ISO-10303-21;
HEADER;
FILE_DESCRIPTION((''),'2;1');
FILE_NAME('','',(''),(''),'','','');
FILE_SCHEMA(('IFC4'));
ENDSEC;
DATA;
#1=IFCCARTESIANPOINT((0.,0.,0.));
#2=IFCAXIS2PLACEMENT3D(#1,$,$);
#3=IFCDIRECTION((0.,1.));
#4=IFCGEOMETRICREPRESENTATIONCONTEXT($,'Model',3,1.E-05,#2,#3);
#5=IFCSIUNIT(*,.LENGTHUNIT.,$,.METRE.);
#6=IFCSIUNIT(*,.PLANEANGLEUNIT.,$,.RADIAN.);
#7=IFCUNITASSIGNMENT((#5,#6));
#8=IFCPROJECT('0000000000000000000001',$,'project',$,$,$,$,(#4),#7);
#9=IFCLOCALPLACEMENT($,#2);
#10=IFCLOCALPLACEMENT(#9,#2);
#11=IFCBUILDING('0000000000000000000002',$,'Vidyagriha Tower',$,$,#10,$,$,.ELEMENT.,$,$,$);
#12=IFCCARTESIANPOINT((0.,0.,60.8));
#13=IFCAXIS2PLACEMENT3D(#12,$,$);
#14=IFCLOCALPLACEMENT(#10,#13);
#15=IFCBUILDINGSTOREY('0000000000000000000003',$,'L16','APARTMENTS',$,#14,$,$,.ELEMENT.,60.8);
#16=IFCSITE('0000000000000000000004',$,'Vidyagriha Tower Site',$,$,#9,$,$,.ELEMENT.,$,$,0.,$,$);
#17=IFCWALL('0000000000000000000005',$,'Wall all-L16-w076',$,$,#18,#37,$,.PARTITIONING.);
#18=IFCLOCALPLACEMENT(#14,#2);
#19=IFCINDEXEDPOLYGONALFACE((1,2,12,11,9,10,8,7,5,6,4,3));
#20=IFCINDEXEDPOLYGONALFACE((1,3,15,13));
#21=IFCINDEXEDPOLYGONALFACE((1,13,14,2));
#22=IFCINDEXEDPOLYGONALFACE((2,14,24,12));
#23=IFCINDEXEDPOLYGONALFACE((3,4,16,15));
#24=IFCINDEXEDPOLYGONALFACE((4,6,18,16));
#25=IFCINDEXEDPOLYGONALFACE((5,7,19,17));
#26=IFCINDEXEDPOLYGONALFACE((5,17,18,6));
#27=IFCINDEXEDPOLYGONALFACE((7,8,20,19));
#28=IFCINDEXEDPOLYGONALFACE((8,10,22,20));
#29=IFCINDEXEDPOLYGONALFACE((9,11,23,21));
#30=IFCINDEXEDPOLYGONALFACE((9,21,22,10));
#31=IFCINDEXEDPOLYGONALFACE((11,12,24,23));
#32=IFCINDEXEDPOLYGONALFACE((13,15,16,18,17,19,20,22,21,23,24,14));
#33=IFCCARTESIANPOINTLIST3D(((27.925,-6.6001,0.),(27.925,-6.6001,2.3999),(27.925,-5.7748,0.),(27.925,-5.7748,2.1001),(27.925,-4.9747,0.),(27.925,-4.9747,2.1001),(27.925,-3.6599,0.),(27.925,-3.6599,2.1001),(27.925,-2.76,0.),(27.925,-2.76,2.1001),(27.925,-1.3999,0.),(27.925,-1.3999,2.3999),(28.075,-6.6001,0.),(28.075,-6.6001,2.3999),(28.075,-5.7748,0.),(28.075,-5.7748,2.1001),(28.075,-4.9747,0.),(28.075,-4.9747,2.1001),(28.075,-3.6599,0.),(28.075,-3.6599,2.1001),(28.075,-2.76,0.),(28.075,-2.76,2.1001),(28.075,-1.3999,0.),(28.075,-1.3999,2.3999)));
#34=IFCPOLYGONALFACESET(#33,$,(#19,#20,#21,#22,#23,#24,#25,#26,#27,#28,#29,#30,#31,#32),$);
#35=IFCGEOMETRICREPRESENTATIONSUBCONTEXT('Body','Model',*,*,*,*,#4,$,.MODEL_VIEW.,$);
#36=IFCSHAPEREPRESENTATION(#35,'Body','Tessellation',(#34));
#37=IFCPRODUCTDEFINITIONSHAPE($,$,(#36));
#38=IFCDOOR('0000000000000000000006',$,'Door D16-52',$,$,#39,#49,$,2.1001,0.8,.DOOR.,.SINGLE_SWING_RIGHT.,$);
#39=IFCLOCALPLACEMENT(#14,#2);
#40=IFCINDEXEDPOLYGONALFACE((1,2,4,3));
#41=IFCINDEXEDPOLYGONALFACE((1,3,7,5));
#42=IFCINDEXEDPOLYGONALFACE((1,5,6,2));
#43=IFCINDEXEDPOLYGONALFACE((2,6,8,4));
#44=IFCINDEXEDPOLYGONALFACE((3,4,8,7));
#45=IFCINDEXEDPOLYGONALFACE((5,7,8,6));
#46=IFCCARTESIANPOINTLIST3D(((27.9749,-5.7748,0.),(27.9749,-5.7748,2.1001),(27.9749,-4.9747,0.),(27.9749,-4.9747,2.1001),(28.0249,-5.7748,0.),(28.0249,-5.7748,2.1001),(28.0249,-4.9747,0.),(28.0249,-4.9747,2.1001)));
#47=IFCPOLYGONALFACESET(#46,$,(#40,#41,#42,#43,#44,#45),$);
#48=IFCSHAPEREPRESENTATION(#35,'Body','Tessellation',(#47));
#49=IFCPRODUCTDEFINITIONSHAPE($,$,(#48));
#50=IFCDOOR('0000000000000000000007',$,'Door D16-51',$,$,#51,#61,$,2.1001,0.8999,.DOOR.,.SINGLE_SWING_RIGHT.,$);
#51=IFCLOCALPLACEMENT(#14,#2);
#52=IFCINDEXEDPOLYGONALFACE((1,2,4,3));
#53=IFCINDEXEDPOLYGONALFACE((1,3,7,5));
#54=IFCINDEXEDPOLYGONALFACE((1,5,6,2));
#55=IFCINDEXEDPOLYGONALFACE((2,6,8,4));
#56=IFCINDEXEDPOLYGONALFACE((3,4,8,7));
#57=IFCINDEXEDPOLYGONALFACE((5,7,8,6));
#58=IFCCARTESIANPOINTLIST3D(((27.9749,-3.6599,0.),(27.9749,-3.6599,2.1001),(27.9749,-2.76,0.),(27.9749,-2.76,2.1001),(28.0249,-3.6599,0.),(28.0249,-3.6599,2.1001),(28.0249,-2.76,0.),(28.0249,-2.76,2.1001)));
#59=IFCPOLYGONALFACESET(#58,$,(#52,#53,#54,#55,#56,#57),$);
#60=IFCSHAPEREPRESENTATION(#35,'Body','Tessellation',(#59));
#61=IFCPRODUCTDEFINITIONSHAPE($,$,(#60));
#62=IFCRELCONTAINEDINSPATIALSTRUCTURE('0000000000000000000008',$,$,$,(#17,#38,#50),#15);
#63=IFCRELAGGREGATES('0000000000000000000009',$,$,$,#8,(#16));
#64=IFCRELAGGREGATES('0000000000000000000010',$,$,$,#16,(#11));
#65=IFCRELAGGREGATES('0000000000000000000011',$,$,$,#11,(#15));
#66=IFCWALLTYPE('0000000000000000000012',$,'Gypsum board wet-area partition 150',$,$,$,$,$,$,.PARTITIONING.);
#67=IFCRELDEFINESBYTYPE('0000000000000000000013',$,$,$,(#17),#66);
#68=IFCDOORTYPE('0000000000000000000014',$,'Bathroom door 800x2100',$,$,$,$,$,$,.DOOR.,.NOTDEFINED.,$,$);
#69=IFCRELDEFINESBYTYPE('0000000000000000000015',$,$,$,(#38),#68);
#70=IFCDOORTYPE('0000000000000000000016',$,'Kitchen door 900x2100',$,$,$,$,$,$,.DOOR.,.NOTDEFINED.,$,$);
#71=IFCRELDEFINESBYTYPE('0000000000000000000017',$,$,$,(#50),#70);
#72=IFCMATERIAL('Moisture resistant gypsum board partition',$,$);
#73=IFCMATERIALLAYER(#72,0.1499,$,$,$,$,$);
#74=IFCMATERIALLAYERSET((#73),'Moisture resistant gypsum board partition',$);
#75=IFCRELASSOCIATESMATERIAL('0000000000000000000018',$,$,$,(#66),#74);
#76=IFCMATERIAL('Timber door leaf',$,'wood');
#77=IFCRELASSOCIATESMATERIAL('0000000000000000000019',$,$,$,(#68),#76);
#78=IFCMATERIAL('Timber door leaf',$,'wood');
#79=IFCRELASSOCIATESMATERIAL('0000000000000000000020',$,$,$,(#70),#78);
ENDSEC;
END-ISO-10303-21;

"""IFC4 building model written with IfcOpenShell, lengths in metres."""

from ifc_helpers import new_model, si_unit, direction, frame, frame_2d, origin, place, context, subcontext, project, spatial, rectangle, extrude, material, layer, layer_set, type_object, element, fill, save


model = new_model("IFC4")

# Units and contexts
model_context = context("Model", 3, precision=1e-05, world=origin(), true_north=direction((0.0, 1.0)))
body_context = subcontext(model_context, "Body", "Model", "MODEL_VIEW")
ifc_project = project(units=[si_unit("LENGTHUNIT", "METRE"), si_unit("PLANEANGLEUNIT", "RADIAN")], contexts=[model_context])

# Site, building, storey
site_placement = place(None, origin())
site = spatial("IfcSite", under=ifc_project, at=site_placement, Name="Vidyagriha Tower Site", CompositionType="ELEMENT", RefElevation=0.0)
building_placement = place(site_placement, origin())
building = spatial("IfcBuilding", under=site, at=building_placement, Name="Vidyagriha Tower", CompositionType="ELEMENT")
storey_placement = place(building_placement, frame((0.0, 0.0, 60.8)))
storey = spatial("IfcBuildingStorey", under=building, at=storey_placement, Name="L16", Description="APARTMENTS", CompositionType="ELEMENT", Elevation=60.8)

# Wall, openings, doors
ifc_material_1 = material(Name="Moisture resistant gypsum board partition")
ifc_layer_1 = layer(ifc_material_1, 0.1499)
ifc_layer_set_1 = layer_set([ifc_layer_1], Name="Moisture resistant gypsum board partition")
wall_type_1 = type_object("IfcWallType", Name="Gypsum board wet-area partition 150", PredefinedType="PARTITIONING", material=ifc_layer_set_1)
wall_1_placement = place(storey_placement, frame((28.0, -1.3999, 0.0), z_axis=(0.0, 0.0, 1.0), x_axis=(0.0, -1.0, 0.0)))
wall_1 = element("IfcWall", 1, at=wall_1_placement, inside=storey, type_object=wall_type_1, Name="Wall all-L16-w076", PredefinedType="PARTITIONING", context=body_context, shape_type="SweptSolid", body=[
    extrude(rectangle(XDim=5.2002, YDim=0.1499, at=frame_2d((2.6001, 0.0))), origin(), (0.0, 0.0, 1.0), 2.3999),
])
opening_1_placement = place(wall_1_placement, frame((1.3601, 0.0, 0.0)))
opening_1 = element("IfcOpeningElement", 2, at=opening_1_placement, cuts=wall_1, PredefinedType="OPENING", context=body_context, shape_type="SweptSolid", body=[
    extrude(rectangle(XDim=0.8999, YDim=2.1001, at=frame_2d((0.45, 1.05))), frame((0.0, 0.085, 0.0), z_axis=(0.0, -1.0, 0.0), x_axis=(1.0, 0.0, 0.0)), (0.0, 0.0, 1.0), 0.1699),
])
opening_2_placement = place(wall_1_placement, frame((3.575, 0.0, 0.0)))
opening_2 = element("IfcOpeningElement", 3, at=opening_2_placement, cuts=wall_1, PredefinedType="OPENING", context=body_context, shape_type="SweptSolid", body=[
    extrude(rectangle(XDim=0.8, YDim=2.1001, at=frame_2d((0.3999, 1.05))), frame((0.0, 0.085, 0.0), z_axis=(0.0, -1.0, 0.0), x_axis=(1.0, 0.0, 0.0)), (0.0, 0.0, 1.0), 0.1699),
])
ifc_material_2 = material(Name="Timber door leaf", Category="wood")
door_type_1 = type_object("IfcDoorType", Name="Bathroom door 800x2100", OperationType="NOTDEFINED", PredefinedType="DOOR", material=ifc_material_2)
door_1_placement = place(opening_2_placement, origin())
door_1 = element("IfcDoor", 4, at=door_1_placement, inside=storey, type_object=door_type_1, Name="Door D16-52", OperationType="SINGLE_SWING_RIGHT", OverallHeight=2.1001, OverallWidth=0.8, PredefinedType="DOOR", context=body_context, shape_type="SweptSolid", body=[
    extrude(rectangle(XDim=0.8, YDim=2.1001, at=frame_2d((0.3999, 1.05))), frame((0.0, 0.0249, 0.0), z_axis=(0.0, -1.0, 0.0), x_axis=(1.0, 0.0, 0.0)), (0.0, 0.0, 1.0), 0.05),
])
fill(opening_2, door_1)
ifc_material_3 = material(Name="Timber door leaf", Category="wood")
door_type_2 = type_object("IfcDoorType", Name="Kitchen door 900x2100", OperationType="NOTDEFINED", PredefinedType="DOOR", material=ifc_material_3)
door_2_placement = place(opening_1_placement, origin())
door_2 = element("IfcDoor", 5, at=door_2_placement, inside=storey, type_object=door_type_2, Name="Door D16-51", OperationType="SINGLE_SWING_RIGHT", OverallHeight=2.1001, OverallWidth=0.8999, PredefinedType="DOOR", context=body_context, shape_type="SweptSolid", body=[
    extrude(rectangle(XDim=0.8999, YDim=2.1001, at=frame_2d((0.45, 1.05))), frame((0.0, 0.0249, 0.0), z_axis=(0.0, -1.0, 0.0), x_axis=(1.0, 0.0, 0.0)), (0.0, 0.0, 1.0), 0.05),
])
fill(opening_1, door_2)

save(model, "model.ifc")
